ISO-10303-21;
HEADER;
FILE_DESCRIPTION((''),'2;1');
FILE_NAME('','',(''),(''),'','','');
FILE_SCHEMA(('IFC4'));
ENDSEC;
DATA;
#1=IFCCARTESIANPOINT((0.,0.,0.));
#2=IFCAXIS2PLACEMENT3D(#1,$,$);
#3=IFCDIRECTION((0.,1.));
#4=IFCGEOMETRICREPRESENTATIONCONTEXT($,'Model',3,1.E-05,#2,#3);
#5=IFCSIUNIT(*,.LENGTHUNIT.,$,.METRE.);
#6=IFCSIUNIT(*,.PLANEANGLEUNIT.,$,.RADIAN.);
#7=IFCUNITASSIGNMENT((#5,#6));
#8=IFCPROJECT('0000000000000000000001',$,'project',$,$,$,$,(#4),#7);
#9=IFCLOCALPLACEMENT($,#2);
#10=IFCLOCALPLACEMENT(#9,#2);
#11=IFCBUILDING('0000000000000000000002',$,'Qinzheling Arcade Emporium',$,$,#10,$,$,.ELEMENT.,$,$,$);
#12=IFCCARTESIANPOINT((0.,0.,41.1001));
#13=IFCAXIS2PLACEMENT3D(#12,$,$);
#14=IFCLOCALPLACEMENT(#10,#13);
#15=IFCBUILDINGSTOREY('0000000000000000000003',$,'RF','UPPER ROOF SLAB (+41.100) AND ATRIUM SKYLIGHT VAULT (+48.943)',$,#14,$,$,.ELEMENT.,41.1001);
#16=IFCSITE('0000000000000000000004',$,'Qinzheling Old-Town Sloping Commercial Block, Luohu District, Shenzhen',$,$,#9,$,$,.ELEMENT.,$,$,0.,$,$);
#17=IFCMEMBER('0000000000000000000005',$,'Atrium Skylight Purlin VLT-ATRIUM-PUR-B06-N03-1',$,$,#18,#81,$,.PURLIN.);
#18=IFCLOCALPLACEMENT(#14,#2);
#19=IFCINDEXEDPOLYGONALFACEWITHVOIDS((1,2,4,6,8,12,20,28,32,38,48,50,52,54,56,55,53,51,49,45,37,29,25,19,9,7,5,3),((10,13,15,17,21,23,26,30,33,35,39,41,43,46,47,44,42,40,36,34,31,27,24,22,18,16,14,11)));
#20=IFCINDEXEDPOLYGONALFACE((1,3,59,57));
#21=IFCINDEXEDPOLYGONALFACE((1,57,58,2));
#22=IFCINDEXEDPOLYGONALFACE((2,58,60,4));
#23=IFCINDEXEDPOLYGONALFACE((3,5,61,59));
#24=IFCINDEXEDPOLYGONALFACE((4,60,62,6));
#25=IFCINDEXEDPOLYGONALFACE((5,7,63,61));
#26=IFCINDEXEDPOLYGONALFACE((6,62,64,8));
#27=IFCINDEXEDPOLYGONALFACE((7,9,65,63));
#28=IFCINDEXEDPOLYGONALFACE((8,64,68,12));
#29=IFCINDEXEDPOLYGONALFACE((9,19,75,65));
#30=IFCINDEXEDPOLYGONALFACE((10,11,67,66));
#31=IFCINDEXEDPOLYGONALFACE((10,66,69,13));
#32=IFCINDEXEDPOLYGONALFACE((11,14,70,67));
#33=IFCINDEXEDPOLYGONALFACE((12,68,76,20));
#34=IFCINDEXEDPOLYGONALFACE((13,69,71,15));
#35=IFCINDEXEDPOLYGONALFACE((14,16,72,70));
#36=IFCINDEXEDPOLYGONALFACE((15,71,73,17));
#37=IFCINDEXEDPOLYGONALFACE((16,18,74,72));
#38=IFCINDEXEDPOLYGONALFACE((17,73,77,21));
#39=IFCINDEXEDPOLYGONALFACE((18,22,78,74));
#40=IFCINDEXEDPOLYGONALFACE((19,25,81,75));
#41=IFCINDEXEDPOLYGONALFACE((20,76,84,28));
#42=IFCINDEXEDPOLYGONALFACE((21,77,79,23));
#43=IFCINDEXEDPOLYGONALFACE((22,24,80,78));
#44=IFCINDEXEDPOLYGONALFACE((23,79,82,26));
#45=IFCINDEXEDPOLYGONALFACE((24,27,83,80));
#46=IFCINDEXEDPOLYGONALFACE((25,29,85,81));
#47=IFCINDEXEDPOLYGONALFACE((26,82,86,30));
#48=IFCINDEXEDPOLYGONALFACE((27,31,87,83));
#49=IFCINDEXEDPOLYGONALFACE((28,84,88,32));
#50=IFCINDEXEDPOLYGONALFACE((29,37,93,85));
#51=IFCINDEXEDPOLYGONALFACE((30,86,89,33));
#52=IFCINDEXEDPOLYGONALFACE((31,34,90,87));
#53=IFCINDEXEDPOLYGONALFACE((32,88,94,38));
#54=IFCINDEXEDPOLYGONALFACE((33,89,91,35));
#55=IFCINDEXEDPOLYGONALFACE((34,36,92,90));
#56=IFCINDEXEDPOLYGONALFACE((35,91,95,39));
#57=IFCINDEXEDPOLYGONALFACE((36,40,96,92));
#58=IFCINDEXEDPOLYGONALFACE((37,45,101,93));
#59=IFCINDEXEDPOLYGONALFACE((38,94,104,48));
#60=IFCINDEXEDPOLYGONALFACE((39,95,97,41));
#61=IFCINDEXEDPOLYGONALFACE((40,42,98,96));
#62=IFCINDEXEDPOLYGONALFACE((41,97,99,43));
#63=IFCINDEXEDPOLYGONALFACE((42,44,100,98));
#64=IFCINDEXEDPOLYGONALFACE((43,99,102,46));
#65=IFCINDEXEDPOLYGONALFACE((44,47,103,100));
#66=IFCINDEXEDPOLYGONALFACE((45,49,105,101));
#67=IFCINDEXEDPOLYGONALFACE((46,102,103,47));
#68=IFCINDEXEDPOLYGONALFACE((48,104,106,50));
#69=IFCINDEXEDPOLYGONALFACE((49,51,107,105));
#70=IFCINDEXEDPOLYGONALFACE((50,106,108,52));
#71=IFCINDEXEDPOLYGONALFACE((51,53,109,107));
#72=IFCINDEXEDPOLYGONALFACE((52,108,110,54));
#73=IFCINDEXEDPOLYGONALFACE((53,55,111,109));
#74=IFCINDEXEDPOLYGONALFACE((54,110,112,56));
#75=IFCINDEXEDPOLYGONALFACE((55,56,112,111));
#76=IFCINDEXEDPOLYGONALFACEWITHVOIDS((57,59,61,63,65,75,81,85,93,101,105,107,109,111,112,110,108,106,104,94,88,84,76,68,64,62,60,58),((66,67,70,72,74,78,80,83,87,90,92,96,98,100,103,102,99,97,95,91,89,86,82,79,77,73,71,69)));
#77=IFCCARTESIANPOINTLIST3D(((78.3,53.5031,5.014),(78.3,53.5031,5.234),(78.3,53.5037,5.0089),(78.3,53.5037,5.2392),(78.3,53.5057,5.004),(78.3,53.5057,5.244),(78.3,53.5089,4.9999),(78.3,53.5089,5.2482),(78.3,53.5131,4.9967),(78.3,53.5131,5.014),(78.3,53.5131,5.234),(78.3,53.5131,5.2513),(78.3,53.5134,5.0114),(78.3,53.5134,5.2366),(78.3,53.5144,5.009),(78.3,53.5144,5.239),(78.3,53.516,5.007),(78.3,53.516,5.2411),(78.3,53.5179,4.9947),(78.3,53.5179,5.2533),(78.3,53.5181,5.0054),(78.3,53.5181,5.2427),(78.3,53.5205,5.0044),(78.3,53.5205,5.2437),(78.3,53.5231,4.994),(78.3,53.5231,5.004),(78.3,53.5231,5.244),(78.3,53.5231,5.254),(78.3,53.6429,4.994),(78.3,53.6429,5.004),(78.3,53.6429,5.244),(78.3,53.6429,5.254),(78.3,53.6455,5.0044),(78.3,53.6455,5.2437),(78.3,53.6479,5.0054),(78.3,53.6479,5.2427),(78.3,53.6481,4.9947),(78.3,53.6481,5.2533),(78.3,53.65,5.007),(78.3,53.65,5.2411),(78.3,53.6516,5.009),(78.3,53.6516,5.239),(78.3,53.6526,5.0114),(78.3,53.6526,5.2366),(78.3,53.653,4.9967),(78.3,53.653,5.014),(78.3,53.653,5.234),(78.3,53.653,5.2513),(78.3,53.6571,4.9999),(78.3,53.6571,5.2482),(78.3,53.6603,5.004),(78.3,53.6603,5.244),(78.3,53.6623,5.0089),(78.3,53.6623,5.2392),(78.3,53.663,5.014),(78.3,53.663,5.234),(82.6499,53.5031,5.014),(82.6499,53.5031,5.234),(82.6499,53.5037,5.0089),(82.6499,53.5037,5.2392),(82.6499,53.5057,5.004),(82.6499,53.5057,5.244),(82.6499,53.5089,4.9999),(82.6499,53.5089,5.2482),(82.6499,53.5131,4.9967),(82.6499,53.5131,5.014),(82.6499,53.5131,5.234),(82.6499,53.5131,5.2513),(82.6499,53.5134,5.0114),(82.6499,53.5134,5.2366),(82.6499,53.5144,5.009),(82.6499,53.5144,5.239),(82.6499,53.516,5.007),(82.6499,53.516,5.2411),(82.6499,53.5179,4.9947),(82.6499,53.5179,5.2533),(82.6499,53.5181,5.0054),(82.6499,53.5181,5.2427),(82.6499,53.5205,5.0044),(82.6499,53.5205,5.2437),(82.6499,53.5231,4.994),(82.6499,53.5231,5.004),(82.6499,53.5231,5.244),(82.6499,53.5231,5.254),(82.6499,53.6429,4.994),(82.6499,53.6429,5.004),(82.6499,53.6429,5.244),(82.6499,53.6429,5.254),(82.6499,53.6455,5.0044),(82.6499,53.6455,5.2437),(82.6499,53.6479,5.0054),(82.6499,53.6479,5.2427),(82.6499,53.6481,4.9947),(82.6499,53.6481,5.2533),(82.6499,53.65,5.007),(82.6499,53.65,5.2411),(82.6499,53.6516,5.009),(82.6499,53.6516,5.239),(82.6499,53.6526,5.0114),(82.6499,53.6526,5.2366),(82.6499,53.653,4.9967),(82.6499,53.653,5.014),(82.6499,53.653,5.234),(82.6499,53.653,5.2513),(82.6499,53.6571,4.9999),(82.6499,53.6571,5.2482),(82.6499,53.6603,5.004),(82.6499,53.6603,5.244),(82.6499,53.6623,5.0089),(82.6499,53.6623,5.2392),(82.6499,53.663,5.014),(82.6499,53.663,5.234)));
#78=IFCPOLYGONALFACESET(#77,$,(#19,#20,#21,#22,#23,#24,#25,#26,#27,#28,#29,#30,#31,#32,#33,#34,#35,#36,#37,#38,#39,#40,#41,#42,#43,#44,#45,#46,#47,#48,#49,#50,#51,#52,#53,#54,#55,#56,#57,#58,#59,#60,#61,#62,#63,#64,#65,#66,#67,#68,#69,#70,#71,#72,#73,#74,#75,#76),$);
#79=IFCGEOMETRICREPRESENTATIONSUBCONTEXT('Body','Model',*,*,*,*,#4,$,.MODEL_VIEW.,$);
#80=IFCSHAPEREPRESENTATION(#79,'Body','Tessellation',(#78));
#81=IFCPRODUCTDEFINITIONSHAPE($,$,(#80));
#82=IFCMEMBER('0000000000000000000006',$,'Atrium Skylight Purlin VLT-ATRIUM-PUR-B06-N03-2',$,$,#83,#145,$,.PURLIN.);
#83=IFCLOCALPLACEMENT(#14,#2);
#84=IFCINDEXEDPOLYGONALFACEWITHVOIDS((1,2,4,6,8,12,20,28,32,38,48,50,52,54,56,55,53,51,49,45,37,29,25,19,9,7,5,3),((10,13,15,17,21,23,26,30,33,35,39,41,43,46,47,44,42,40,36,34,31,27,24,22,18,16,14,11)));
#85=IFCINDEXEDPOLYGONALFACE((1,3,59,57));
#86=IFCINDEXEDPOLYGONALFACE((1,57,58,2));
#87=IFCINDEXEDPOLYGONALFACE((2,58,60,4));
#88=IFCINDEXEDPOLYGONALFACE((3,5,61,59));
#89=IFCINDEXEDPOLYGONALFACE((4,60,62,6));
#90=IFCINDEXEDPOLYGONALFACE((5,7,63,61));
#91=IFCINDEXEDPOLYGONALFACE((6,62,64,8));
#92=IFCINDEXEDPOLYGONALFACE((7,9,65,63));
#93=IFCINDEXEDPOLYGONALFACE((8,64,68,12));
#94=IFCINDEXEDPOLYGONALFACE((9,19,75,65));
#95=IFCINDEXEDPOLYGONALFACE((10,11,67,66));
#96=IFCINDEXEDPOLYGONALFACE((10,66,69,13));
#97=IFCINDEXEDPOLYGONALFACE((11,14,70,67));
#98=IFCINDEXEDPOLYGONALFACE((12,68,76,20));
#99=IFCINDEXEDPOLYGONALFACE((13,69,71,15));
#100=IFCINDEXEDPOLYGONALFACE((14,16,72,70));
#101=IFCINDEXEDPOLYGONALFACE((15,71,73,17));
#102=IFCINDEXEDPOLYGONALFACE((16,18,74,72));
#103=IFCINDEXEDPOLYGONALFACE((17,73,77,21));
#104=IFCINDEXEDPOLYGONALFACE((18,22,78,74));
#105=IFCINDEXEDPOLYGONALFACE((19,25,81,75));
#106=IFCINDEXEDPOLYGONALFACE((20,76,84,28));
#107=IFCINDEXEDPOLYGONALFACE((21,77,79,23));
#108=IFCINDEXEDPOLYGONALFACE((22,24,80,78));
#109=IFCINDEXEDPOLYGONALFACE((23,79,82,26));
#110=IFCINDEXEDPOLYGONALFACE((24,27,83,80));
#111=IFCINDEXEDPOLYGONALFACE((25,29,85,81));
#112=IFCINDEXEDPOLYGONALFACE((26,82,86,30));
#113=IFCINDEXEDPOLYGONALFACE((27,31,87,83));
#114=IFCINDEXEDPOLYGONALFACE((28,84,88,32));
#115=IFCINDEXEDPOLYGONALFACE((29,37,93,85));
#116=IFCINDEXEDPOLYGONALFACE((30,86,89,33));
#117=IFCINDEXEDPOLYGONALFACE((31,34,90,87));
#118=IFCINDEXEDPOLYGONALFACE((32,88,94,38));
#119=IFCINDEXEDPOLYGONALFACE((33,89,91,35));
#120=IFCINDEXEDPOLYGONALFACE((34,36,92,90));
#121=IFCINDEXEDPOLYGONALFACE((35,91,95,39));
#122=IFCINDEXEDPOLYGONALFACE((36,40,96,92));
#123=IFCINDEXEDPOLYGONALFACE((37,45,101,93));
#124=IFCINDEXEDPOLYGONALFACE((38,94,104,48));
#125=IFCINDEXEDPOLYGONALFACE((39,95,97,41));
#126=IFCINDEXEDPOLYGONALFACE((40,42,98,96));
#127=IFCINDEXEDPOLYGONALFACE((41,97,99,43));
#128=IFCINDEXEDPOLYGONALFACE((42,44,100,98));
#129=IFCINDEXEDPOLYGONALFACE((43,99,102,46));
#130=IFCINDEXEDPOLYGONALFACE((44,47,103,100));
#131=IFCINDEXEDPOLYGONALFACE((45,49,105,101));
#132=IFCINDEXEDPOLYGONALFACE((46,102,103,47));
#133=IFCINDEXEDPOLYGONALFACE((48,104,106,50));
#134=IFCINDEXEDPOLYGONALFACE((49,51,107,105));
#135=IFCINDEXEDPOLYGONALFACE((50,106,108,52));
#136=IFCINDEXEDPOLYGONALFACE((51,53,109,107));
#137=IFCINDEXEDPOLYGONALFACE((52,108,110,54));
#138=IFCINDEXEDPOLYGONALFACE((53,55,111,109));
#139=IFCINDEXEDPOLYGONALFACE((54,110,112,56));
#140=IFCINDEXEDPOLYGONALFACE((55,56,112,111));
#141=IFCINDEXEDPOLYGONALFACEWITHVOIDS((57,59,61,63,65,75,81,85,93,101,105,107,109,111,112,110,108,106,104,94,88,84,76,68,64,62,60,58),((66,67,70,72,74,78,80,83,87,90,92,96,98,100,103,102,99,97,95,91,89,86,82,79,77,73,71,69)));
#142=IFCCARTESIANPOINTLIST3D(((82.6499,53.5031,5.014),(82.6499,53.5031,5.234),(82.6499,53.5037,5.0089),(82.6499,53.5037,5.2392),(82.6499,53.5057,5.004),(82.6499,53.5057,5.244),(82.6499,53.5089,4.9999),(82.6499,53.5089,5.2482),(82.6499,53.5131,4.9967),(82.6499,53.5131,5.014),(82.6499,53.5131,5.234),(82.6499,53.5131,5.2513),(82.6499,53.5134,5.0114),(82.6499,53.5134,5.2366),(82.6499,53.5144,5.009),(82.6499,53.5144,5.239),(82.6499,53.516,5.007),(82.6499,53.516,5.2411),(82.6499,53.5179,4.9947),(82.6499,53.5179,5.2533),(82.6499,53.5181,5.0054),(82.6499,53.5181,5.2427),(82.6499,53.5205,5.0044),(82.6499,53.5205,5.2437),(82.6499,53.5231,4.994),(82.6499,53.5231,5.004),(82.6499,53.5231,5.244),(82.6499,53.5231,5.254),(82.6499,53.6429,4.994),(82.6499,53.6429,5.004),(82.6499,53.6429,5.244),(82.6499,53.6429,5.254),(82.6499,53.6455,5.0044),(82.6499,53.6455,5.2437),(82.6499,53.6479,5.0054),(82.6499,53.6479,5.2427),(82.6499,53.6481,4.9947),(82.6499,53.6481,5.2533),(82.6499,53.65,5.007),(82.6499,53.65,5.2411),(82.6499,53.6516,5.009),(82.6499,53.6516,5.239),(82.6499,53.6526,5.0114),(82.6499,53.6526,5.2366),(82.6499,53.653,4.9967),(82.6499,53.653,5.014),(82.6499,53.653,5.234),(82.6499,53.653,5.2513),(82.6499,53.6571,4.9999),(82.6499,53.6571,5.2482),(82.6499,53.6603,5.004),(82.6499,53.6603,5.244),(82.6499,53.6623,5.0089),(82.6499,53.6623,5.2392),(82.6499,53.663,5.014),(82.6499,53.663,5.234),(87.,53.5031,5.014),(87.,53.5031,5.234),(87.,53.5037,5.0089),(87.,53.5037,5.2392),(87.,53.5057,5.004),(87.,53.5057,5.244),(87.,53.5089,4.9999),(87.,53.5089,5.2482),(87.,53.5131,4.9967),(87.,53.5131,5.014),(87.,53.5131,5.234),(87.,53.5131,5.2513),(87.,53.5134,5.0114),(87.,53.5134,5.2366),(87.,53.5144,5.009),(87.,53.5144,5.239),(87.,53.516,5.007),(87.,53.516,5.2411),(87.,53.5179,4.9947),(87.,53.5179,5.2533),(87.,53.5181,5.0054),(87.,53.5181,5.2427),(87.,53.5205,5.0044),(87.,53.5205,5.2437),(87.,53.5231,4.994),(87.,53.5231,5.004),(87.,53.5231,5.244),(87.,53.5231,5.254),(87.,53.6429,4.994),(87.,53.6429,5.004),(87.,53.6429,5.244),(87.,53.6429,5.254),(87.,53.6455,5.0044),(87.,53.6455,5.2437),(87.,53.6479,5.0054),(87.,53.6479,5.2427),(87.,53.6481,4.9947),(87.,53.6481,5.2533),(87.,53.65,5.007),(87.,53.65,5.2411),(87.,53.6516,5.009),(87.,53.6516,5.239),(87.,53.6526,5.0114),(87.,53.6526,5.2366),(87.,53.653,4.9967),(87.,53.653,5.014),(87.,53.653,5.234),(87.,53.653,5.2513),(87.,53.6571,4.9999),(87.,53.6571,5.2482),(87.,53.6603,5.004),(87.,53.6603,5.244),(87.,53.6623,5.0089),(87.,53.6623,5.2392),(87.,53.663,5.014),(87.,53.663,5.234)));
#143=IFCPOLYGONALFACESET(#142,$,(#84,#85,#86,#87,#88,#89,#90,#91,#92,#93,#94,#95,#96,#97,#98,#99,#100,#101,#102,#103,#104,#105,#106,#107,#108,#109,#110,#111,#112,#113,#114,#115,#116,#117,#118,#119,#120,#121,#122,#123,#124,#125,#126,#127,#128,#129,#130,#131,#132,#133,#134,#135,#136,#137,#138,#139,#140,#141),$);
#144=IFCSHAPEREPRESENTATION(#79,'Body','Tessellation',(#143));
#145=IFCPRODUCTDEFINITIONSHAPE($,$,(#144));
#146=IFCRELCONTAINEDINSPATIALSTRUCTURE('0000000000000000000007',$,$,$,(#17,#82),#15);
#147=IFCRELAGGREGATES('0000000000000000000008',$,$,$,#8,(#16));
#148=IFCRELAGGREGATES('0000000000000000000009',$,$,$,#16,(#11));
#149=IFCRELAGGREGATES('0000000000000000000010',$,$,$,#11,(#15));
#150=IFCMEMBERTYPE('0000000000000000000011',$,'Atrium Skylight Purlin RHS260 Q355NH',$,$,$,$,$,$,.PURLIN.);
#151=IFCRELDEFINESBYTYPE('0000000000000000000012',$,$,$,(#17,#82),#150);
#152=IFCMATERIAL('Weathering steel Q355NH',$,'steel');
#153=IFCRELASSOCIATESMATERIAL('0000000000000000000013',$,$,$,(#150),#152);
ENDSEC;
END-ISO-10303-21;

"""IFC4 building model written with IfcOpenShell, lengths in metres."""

from ifc_helpers import new_model, si_unit, direction, frame, origin, origin_2d, place, context, subcontext, project, spatial, hollow_rectangle, extrude, material, material_profile, profile_set, type_object, element, save


model = new_model("IFC4")

# Units and contexts
model_context = context("Model", 3, precision=1e-05, world=origin(), true_north=direction((0.0, 1.0)))
body_context = subcontext(model_context, "Body", "Model", "MODEL_VIEW")
ifc_project = project(units=[si_unit("LENGTHUNIT", "METRE"), si_unit("PLANEANGLEUNIT", "RADIAN")], contexts=[model_context])

# Site, building, storey
site_placement = place(None, origin())
site = spatial("IfcSite", under=ifc_project, at=site_placement, Name="Qinzheling Old-Town Sloping Commercial Block, Luohu District, Shenzhen", CompositionType="ELEMENT", RefElevation=0.0)
building_placement = place(site_placement, origin())
building = spatial("IfcBuilding", under=site, at=building_placement, Name="Qinzheling Arcade Emporium", CompositionType="ELEMENT")
storey_placement = place(building_placement, frame((0.0, 0.0, 41.1001)))
storey = spatial("IfcBuildingStorey", under=building, at=storey_placement, Name="RF", Description="UPPER ROOF SLAB (+41.100) AND ATRIUM SKYLIGHT VAULT (+48.943)", CompositionType="ELEMENT", Elevation=41.1001)

# Shared definitions
ifc_material_1 = material(Name="Weathering steel Q355NH", Category="steel")

# Members
ifc_material_profile_1 = material_profile(ifc_material_1, hollow_rectangle(XDim=0.1599, YDim=0.26, WallThickness=0.01, InnerFilletRadius=0.01, OuterFilletRadius=0.02, at=origin_2d()), Name="RHS 260x160x10", Category="steel")
ifc_profile_set_1 = profile_set([ifc_material_profile_1], Name="Weathering steel Q355NH")
member_type = type_object("IfcMemberType", Name="Atrium Skylight Purlin RHS260 Q355NH", PredefinedType="PURLIN", material=ifc_profile_set_1)
member_1_placement = place(storey_placement, frame((78.3, 53.583, 5.124), z_axis=(1.0, 0.0, 0.0), x_axis=(0.0, 1.0, 0.0)))
element("IfcMember", 1, at=member_1_placement, inside=storey, type_object=member_type, Name="Atrium Skylight Purlin VLT-ATRIUM-PUR-B06-N03-1", PredefinedType="PURLIN", context=body_context, shape_type="SweptSolid", body=[
    extrude(hollow_rectangle(XDim=0.1599, YDim=0.26, WallThickness=0.01, InnerFilletRadius=0.01, OuterFilletRadius=0.02, at=origin_2d()), origin(), (0.0, 0.0, 1.0), 4.3499),
])
member_2_placement = place(storey_placement, frame((82.6499, 53.583, 5.124), z_axis=(1.0, 0.0, 0.0), x_axis=(0.0, 1.0, 0.0)))
element("IfcMember", 2, at=member_2_placement, inside=storey, type_object=member_type, Name="Atrium Skylight Purlin VLT-ATRIUM-PUR-B06-N03-2", PredefinedType="PURLIN", context=body_context, shape_type="SweptSolid", body=[
    extrude(hollow_rectangle(XDim=0.1599, YDim=0.26, WallThickness=0.01, InnerFilletRadius=0.01, OuterFilletRadius=0.02, at=origin_2d()), origin(), (0.0, 0.0, 1.0), 4.3501),
])

save(model, "model.ifc")
